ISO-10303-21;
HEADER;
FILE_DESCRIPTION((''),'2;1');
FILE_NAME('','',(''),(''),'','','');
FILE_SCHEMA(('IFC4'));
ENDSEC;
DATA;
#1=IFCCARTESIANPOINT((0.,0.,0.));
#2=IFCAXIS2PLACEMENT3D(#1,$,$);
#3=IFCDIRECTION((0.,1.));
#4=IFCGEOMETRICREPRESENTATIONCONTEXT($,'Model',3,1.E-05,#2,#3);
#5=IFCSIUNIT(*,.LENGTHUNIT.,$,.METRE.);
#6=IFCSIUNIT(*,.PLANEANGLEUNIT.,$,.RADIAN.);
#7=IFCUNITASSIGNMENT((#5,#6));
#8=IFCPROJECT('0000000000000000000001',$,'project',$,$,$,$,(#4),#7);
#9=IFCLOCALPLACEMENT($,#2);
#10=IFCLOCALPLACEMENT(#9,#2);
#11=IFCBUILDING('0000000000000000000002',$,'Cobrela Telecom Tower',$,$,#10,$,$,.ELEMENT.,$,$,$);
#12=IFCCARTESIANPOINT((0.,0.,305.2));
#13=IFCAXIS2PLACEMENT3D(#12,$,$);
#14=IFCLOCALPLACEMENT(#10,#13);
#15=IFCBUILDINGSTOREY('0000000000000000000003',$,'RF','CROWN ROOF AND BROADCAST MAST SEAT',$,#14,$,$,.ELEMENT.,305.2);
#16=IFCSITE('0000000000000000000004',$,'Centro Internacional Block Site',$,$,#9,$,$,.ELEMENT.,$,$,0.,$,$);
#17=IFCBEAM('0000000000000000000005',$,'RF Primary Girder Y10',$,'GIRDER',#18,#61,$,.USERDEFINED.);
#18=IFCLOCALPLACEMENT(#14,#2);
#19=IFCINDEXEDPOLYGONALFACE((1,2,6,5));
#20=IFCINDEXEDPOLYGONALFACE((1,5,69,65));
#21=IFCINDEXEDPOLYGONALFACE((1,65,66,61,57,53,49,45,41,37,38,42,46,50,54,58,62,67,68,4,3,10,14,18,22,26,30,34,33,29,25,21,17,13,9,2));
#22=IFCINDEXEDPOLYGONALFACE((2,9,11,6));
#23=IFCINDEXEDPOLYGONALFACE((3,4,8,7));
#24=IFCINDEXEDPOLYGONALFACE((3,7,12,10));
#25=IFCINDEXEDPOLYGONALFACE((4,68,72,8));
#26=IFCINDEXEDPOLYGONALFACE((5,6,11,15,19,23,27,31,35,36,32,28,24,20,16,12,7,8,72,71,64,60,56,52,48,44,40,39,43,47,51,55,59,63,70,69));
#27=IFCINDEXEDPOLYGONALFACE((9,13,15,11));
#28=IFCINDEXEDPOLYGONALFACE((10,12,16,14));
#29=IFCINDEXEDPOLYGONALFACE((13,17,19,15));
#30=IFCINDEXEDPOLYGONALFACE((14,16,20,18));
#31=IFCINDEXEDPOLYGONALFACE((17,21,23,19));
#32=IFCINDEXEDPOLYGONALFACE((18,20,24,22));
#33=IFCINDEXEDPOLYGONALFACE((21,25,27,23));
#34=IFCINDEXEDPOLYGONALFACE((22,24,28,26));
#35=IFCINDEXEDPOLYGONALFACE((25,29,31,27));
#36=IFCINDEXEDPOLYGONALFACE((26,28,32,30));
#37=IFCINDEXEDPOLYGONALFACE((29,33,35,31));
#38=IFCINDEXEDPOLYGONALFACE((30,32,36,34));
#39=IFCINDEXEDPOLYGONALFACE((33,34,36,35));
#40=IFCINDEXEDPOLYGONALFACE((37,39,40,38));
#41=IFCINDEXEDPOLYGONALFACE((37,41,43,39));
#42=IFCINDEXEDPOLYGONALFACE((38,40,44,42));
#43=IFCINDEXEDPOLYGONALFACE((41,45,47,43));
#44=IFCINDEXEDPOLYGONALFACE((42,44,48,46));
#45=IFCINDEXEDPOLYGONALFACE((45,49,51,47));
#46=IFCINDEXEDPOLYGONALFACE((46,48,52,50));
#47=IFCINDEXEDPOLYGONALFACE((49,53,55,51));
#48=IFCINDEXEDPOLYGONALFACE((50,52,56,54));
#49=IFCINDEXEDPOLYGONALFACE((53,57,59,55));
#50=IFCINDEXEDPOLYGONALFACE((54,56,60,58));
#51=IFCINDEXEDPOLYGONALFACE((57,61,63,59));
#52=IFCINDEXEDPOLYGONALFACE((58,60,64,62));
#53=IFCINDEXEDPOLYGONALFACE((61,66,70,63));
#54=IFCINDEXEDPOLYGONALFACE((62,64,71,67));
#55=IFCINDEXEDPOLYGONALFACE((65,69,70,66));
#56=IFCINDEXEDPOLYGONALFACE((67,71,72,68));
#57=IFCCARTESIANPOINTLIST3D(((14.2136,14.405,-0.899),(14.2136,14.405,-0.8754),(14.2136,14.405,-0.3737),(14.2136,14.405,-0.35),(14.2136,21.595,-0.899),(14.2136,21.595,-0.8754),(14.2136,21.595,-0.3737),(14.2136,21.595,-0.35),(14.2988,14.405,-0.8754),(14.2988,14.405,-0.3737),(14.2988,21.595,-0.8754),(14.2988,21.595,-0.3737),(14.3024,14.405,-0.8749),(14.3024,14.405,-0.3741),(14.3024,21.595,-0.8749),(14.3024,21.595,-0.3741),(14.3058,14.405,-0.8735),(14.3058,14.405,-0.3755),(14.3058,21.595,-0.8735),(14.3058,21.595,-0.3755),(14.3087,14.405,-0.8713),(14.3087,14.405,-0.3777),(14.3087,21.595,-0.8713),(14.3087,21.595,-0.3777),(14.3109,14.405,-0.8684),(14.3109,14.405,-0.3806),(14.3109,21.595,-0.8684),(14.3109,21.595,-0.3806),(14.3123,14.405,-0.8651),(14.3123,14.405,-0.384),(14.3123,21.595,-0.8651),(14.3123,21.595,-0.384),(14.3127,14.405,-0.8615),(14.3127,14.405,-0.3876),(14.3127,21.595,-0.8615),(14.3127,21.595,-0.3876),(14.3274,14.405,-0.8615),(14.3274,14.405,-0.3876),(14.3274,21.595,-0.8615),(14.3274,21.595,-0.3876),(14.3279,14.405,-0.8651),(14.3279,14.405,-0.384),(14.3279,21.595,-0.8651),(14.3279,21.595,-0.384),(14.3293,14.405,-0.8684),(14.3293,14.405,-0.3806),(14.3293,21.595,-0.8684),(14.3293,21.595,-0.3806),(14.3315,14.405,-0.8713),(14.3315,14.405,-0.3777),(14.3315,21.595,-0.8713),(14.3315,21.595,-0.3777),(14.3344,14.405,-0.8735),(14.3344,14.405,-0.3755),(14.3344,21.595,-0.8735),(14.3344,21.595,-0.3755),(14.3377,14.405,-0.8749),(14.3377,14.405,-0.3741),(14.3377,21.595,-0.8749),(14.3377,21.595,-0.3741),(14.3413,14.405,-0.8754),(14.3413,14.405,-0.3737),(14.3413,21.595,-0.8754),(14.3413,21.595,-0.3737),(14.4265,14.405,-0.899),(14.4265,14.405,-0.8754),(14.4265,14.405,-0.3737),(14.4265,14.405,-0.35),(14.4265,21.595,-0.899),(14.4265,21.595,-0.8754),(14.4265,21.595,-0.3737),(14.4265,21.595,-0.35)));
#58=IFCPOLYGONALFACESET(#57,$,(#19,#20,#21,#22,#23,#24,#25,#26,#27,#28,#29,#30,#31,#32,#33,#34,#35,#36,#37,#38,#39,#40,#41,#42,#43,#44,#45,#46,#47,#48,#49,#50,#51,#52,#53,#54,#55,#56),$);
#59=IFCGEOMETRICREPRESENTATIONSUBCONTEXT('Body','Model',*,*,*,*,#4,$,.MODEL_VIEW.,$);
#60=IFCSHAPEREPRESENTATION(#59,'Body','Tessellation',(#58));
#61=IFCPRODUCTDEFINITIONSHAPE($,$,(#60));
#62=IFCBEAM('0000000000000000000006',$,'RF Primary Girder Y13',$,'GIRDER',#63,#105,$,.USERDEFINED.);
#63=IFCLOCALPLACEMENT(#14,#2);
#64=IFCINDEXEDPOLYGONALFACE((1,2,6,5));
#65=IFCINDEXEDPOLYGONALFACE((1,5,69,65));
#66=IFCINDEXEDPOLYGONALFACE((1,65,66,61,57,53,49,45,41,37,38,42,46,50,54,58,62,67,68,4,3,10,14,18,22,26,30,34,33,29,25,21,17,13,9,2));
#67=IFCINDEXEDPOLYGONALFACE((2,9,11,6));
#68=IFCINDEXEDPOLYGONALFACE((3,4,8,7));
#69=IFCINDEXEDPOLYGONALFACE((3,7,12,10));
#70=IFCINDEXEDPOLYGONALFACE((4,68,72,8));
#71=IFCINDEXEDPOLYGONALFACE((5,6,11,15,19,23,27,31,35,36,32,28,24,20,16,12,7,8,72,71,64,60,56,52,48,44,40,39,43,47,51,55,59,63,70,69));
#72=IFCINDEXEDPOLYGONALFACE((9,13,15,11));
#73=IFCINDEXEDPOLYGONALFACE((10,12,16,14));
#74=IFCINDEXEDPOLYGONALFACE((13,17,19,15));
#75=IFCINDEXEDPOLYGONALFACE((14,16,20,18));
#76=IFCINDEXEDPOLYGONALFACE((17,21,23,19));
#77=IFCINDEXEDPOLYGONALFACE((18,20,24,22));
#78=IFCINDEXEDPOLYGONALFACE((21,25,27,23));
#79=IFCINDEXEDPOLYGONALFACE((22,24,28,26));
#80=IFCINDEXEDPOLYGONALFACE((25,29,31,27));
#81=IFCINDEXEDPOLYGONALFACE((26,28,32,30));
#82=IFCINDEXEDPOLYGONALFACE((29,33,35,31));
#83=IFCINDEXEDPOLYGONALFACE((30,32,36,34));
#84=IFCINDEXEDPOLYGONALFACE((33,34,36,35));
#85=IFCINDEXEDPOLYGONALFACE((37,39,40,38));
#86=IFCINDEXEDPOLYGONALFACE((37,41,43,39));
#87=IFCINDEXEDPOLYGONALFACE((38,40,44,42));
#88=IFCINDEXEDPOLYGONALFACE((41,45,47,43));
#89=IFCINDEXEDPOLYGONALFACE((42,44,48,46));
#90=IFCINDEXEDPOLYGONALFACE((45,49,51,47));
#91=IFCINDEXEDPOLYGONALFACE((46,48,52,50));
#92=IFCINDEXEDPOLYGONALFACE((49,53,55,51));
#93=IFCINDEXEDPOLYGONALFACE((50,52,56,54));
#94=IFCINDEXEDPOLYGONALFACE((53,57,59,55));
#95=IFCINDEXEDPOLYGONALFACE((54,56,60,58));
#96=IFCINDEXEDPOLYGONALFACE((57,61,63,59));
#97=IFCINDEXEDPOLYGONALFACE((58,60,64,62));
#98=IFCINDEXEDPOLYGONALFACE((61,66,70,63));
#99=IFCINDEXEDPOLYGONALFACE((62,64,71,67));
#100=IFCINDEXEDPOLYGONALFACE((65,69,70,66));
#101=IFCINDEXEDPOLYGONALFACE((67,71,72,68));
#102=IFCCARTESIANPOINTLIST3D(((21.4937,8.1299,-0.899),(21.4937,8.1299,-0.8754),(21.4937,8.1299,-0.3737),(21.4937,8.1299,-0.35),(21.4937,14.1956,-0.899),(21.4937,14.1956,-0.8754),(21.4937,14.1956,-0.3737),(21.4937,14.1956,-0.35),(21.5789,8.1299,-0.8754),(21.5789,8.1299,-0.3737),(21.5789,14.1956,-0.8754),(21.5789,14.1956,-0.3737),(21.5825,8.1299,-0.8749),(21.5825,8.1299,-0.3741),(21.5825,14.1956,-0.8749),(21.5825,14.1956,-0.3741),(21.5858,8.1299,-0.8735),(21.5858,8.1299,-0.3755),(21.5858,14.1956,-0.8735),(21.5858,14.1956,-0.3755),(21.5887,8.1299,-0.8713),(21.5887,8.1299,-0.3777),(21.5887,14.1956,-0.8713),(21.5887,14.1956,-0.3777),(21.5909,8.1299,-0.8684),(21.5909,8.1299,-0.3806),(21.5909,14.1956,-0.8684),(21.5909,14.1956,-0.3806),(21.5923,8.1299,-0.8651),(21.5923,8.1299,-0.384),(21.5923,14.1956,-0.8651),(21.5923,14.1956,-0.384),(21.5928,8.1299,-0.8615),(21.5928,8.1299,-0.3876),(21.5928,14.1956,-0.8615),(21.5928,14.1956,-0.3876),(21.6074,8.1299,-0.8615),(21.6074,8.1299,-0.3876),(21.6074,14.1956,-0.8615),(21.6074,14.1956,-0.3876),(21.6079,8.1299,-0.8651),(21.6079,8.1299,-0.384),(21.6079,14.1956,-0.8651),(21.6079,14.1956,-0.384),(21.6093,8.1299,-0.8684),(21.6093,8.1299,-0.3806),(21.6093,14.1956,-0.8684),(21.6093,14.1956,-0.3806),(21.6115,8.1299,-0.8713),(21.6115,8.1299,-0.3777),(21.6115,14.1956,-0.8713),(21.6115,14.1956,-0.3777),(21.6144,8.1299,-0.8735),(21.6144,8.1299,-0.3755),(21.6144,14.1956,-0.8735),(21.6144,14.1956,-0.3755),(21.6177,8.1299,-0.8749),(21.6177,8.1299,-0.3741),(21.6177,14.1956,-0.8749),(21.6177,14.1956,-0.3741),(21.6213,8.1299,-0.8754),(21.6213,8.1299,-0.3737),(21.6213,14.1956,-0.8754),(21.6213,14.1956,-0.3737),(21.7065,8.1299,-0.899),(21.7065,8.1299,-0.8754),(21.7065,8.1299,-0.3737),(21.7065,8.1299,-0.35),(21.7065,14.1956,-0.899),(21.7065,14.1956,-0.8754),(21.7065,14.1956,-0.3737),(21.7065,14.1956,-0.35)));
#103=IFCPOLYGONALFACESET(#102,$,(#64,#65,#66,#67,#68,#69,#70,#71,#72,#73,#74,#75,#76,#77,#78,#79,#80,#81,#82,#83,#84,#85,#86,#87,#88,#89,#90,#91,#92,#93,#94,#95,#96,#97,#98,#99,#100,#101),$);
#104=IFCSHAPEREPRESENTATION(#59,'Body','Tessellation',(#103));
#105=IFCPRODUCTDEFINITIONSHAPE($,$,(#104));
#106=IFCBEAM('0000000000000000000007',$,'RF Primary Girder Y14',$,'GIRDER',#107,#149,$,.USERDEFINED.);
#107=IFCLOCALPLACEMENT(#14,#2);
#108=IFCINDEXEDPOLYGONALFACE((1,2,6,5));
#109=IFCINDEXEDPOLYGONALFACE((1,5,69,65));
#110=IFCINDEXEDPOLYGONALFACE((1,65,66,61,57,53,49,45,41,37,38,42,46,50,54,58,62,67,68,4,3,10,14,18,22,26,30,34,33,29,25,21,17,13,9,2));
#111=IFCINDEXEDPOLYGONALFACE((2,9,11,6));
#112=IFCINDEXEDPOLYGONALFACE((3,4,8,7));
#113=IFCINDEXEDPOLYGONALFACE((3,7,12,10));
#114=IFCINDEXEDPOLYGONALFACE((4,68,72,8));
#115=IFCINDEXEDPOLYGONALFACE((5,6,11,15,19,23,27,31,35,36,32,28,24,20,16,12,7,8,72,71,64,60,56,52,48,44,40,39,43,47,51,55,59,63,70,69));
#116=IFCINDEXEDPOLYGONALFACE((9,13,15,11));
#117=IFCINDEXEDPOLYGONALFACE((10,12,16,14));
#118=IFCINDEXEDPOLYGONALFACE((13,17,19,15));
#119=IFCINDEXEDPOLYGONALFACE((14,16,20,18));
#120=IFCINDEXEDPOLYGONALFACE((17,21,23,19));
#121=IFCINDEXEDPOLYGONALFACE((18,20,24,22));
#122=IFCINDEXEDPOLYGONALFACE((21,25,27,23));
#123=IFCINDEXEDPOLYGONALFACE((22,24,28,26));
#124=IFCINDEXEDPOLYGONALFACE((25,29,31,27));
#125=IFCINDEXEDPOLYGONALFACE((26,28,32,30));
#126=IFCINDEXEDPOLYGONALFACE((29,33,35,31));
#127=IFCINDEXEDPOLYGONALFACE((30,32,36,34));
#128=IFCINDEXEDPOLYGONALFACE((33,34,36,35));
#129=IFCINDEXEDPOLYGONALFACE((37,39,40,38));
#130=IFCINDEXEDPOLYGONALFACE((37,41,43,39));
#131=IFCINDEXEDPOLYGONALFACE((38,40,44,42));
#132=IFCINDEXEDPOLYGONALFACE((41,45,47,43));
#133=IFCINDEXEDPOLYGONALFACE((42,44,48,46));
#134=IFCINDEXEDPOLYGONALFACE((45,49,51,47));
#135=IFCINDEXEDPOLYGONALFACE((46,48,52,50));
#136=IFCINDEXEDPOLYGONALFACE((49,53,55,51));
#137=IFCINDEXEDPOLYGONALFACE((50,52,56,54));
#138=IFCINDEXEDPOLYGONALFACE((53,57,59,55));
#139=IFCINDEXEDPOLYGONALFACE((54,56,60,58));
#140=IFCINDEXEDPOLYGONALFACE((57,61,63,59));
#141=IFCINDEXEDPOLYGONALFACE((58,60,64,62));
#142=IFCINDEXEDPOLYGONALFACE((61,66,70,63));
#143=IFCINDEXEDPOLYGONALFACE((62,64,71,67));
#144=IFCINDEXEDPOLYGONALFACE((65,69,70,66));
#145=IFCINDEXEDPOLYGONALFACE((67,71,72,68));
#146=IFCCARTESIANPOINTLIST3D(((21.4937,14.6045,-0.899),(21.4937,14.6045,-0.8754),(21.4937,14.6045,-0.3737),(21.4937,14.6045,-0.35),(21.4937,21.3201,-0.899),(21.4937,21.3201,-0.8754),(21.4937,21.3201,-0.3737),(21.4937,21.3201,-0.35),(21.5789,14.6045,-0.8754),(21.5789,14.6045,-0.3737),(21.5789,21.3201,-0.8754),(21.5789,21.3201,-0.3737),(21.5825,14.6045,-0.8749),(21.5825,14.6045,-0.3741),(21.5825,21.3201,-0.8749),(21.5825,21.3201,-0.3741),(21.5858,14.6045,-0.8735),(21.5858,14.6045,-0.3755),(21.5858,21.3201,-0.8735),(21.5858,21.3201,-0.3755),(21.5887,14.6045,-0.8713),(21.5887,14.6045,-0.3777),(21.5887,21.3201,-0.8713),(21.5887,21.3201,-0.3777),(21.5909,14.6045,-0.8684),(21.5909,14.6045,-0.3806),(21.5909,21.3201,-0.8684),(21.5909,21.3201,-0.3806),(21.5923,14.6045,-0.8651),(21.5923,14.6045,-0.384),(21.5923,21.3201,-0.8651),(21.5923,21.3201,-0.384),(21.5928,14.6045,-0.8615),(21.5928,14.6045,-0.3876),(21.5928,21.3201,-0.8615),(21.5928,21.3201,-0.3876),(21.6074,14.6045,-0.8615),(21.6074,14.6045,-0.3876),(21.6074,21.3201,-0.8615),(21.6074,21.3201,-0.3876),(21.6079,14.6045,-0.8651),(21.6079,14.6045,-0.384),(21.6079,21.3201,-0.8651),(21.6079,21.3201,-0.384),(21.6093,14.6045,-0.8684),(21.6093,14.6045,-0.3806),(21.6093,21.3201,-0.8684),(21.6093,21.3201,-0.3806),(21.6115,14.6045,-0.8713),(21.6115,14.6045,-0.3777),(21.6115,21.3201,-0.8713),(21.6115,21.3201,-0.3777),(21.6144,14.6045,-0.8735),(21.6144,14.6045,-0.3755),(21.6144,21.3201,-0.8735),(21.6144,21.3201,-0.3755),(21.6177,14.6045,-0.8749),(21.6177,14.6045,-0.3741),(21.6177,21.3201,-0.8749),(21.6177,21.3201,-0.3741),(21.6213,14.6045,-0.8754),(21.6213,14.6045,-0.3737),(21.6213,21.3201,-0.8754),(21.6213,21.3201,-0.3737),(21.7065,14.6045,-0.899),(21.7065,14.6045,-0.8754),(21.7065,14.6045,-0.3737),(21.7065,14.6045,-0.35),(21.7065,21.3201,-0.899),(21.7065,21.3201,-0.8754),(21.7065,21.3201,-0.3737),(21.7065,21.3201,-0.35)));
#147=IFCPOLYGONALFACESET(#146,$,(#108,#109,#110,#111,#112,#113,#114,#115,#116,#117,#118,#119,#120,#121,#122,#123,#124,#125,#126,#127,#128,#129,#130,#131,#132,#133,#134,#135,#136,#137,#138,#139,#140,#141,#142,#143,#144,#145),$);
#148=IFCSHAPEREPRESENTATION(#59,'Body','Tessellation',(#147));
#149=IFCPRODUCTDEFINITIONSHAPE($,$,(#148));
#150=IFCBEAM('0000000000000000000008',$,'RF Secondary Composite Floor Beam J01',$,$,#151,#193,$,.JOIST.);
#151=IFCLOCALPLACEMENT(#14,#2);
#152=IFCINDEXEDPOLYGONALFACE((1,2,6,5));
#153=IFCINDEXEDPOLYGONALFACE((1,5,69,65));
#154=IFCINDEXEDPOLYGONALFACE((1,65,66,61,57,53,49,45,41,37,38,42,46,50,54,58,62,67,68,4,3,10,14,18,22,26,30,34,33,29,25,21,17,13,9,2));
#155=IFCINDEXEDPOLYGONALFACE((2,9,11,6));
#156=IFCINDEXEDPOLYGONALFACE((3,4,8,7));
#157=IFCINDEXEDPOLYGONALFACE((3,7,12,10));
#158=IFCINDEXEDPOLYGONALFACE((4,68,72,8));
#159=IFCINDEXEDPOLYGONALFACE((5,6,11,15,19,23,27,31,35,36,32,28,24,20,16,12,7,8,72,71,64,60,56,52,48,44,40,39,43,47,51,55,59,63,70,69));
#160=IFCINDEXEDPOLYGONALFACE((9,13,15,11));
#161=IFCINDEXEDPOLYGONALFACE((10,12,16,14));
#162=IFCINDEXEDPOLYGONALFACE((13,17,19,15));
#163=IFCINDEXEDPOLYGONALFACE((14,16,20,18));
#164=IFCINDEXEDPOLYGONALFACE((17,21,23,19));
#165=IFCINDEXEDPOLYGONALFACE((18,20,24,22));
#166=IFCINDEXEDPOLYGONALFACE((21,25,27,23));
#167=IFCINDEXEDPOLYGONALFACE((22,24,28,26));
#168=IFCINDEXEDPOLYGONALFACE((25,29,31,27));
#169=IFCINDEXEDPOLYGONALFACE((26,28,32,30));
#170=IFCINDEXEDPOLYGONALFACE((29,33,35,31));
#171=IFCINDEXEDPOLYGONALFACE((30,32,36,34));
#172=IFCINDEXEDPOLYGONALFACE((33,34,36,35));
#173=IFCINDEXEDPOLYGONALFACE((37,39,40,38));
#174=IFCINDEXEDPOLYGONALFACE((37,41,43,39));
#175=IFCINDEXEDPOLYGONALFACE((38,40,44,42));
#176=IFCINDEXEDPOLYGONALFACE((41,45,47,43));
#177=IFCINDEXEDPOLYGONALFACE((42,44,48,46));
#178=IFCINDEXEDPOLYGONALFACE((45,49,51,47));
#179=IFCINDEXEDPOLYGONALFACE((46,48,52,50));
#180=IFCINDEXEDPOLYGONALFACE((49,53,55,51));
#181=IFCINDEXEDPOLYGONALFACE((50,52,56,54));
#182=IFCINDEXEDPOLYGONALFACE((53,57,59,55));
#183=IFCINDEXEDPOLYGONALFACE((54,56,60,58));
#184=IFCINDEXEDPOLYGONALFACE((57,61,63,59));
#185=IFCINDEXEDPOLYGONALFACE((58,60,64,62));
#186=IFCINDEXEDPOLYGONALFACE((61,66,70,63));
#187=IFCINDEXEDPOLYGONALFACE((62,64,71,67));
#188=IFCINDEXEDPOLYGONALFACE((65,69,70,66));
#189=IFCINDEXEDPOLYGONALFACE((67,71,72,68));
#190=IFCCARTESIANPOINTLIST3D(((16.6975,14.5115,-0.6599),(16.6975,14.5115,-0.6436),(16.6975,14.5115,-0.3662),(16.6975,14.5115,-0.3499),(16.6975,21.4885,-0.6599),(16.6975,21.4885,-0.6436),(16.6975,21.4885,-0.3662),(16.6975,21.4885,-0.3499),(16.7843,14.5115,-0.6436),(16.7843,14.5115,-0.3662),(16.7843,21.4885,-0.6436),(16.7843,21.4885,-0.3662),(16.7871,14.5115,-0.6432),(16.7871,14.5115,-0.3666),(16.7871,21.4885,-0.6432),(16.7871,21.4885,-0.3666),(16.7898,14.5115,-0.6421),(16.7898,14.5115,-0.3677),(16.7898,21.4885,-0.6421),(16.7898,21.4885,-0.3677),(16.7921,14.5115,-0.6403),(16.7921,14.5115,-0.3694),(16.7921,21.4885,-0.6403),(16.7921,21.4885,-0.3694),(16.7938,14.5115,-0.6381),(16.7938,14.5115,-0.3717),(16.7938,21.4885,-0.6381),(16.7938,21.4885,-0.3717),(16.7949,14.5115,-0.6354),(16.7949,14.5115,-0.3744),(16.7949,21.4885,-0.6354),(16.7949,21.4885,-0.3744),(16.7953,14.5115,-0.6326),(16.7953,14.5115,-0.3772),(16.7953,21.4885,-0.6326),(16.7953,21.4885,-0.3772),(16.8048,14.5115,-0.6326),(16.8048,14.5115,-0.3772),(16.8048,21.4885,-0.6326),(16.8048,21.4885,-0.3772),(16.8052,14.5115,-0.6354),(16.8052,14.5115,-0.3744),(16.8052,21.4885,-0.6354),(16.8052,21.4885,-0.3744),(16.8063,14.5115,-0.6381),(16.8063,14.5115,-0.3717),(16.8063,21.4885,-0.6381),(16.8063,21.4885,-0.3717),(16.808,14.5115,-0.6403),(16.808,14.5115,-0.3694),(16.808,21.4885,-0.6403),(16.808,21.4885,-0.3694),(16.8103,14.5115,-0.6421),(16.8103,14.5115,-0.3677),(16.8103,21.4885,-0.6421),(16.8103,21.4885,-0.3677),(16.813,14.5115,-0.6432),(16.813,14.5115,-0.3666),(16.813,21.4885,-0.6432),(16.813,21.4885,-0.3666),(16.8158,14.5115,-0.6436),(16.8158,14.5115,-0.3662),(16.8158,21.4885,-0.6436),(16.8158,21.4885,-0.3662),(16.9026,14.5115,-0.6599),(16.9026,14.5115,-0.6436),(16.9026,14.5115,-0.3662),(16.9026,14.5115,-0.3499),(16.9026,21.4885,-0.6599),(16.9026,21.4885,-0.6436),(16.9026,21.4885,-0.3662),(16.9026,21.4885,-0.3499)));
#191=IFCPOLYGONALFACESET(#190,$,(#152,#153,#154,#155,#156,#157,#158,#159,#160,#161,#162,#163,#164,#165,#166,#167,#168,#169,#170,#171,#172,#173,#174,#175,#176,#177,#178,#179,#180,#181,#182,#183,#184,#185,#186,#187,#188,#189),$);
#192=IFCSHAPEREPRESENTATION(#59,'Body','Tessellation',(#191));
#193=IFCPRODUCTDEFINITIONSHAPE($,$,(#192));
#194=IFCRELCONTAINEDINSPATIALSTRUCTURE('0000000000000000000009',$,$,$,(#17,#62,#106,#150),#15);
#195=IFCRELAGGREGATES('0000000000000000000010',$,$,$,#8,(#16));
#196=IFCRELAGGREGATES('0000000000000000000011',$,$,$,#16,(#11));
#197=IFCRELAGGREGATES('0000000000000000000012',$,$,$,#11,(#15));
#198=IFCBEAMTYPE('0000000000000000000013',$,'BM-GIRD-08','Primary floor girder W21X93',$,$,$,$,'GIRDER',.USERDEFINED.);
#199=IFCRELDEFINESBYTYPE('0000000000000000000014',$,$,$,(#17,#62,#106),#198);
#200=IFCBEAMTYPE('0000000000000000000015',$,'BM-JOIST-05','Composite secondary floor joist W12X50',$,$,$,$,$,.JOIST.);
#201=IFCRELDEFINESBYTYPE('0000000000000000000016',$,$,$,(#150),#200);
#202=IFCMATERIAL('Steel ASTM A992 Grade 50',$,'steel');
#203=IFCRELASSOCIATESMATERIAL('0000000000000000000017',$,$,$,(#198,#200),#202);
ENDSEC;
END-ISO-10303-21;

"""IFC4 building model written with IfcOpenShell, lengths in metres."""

from ifc_helpers import new_model, si_unit, direction, frame, origin, origin_2d, place, context, subcontext, project, spatial, i_section, extrude, material, material_profile, profile_set, type_object, element, save


model = new_model("IFC4")

# Units and contexts
model_context = context("Model", 3, precision=1e-05, world=origin(), true_north=direction((0.0, 1.0)))
body_context = subcontext(model_context, "Body", "Model", "MODEL_VIEW")
ifc_project = project(units=[si_unit("LENGTHUNIT", "METRE"), si_unit("PLANEANGLEUNIT", "RADIAN")], contexts=[model_context])

# Site, building, storey
site_placement = place(None, origin())
site = spatial("IfcSite", under=ifc_project, at=site_placement, Name="Centro Internacional Block Site", CompositionType="ELEMENT", RefElevation=0.0)
building_placement = place(site_placement, origin())
building = spatial("IfcBuilding", under=site, at=building_placement, Name="Cobrela Telecom Tower", CompositionType="ELEMENT")
storey_placement = place(building_placement, frame((0.0, 0.0, 305.2)))
storey = spatial("IfcBuildingStorey", under=building, at=storey_placement, Name="RF", Description="CROWN ROOF AND BROADCAST MAST SEAT", CompositionType="ELEMENT", Elevation=305.2)

# Beams
ifc_material_1 = material(Name="Steel ASTM A992 Grade 50", Category="steel")
ifc_material_profile_1 = material_profile(ifc_material_1, i_section(OverallWidth=0.2129, OverallDepth=0.5491, WebThickness=0.0146, FlangeThickness=0.0237, FilletRadius=0.0139, at=origin_2d()), Name="W21X93")
ifc_profile_set_1 = profile_set([ifc_material_profile_1], Name="Steel ASTM A992 Grade 50")
beam_type_1 = type_object("IfcBeamType", Name="BM-GIRD-08", Description="Primary floor girder W21X93", ElementType="GIRDER", PredefinedType="USERDEFINED", material=ifc_profile_set_1)
for number, where, z_axis, x_axis, name in (
    (1, (14.3201, 14.405, -0.6245), (0.0, 1.0, 0.0), (-1.0, 0.0, 0.0), "RF Primary Girder Y10"),
):
    element("IfcBeam", number, at=place(storey_placement, frame(where, z_axis=z_axis, x_axis=x_axis)), inside=storey, type_object=beam_type_1, Name=name, ObjectType="GIRDER", PredefinedType="USERDEFINED", context=body_context, shape_type="SweptSolid", body=[
        extrude(i_section(OverallWidth=0.2129, OverallDepth=0.5491, WebThickness=0.0146, FlangeThickness=0.0237, FilletRadius=0.0139, at=origin_2d()), origin(), (0.0, 0.0, 1.0), 7.1899),
    ])
beam_1_placement = place(storey_placement, frame((21.6001, 8.1299, -0.6245), z_axis=(0.0, 1.0, 0.0), x_axis=(-1.0, 0.0, 0.0)))
element("IfcBeam", 2, at=beam_1_placement, inside=storey, type_object=beam_type_1, Name="RF Primary Girder Y13", ObjectType="GIRDER", PredefinedType="USERDEFINED", context=body_context, shape_type="SweptSolid", body=[
    extrude(i_section(OverallWidth=0.2129, OverallDepth=0.5491, WebThickness=0.0146, FlangeThickness=0.0237, FilletRadius=0.0139, at=origin_2d()), origin(), (0.0, 0.0, 1.0), 6.0657),
])
beam_2_placement = place(storey_placement, frame((21.6001, 14.6045, -0.6245), z_axis=(0.0, 1.0, 0.0), x_axis=(-1.0, 0.0, 0.0)))
element("IfcBeam", 3, at=beam_2_placement, inside=storey, type_object=beam_type_1, Name="RF Primary Girder Y14", ObjectType="GIRDER", PredefinedType="USERDEFINED", context=body_context, shape_type="SweptSolid", body=[
    extrude(i_section(OverallWidth=0.2129, OverallDepth=0.5491, WebThickness=0.0146, FlangeThickness=0.0237, FilletRadius=0.0139, at=origin_2d()), origin(), (0.0, 0.0, 1.0), 6.7156),
])
ifc_material_profile_2 = material_profile(ifc_material_1, i_section(OverallWidth=0.2051, OverallDepth=0.3101, WebThickness=0.0095, FlangeThickness=0.0164, FilletRadius=0.011, at=origin_2d()), Name="W12X50")
ifc_profile_set_2 = profile_set([ifc_material_profile_2], Name="Steel ASTM A992 Grade 50")
beam_type_2 = type_object("IfcBeamType", Name="BM-JOIST-05", Description="Composite secondary floor joist W12X50", PredefinedType="JOIST", material=ifc_profile_set_2)
for number, where, z_axis, x_axis, name in (
    (4, (16.8, 14.5115, -0.5049), (0.0, 1.0, 0.0), (-1.0, 0.0, 0.0), "RF Secondary Composite Floor Beam J01"),
):
    element("IfcBeam", number, at=place(storey_placement, frame(where, z_axis=z_axis, x_axis=x_axis)), inside=storey, type_object=beam_type_2, Name=name, PredefinedType="JOIST", context=body_context, shape_type="SweptSolid", body=[
        extrude(i_section(OverallWidth=0.2051, OverallDepth=0.3101, WebThickness=0.0095, FlangeThickness=0.0164, FilletRadius=0.011, at=origin_2d()), origin(), (0.0, 0.0, 1.0), 6.9771),
    ])

save(model, "model.ifc")
